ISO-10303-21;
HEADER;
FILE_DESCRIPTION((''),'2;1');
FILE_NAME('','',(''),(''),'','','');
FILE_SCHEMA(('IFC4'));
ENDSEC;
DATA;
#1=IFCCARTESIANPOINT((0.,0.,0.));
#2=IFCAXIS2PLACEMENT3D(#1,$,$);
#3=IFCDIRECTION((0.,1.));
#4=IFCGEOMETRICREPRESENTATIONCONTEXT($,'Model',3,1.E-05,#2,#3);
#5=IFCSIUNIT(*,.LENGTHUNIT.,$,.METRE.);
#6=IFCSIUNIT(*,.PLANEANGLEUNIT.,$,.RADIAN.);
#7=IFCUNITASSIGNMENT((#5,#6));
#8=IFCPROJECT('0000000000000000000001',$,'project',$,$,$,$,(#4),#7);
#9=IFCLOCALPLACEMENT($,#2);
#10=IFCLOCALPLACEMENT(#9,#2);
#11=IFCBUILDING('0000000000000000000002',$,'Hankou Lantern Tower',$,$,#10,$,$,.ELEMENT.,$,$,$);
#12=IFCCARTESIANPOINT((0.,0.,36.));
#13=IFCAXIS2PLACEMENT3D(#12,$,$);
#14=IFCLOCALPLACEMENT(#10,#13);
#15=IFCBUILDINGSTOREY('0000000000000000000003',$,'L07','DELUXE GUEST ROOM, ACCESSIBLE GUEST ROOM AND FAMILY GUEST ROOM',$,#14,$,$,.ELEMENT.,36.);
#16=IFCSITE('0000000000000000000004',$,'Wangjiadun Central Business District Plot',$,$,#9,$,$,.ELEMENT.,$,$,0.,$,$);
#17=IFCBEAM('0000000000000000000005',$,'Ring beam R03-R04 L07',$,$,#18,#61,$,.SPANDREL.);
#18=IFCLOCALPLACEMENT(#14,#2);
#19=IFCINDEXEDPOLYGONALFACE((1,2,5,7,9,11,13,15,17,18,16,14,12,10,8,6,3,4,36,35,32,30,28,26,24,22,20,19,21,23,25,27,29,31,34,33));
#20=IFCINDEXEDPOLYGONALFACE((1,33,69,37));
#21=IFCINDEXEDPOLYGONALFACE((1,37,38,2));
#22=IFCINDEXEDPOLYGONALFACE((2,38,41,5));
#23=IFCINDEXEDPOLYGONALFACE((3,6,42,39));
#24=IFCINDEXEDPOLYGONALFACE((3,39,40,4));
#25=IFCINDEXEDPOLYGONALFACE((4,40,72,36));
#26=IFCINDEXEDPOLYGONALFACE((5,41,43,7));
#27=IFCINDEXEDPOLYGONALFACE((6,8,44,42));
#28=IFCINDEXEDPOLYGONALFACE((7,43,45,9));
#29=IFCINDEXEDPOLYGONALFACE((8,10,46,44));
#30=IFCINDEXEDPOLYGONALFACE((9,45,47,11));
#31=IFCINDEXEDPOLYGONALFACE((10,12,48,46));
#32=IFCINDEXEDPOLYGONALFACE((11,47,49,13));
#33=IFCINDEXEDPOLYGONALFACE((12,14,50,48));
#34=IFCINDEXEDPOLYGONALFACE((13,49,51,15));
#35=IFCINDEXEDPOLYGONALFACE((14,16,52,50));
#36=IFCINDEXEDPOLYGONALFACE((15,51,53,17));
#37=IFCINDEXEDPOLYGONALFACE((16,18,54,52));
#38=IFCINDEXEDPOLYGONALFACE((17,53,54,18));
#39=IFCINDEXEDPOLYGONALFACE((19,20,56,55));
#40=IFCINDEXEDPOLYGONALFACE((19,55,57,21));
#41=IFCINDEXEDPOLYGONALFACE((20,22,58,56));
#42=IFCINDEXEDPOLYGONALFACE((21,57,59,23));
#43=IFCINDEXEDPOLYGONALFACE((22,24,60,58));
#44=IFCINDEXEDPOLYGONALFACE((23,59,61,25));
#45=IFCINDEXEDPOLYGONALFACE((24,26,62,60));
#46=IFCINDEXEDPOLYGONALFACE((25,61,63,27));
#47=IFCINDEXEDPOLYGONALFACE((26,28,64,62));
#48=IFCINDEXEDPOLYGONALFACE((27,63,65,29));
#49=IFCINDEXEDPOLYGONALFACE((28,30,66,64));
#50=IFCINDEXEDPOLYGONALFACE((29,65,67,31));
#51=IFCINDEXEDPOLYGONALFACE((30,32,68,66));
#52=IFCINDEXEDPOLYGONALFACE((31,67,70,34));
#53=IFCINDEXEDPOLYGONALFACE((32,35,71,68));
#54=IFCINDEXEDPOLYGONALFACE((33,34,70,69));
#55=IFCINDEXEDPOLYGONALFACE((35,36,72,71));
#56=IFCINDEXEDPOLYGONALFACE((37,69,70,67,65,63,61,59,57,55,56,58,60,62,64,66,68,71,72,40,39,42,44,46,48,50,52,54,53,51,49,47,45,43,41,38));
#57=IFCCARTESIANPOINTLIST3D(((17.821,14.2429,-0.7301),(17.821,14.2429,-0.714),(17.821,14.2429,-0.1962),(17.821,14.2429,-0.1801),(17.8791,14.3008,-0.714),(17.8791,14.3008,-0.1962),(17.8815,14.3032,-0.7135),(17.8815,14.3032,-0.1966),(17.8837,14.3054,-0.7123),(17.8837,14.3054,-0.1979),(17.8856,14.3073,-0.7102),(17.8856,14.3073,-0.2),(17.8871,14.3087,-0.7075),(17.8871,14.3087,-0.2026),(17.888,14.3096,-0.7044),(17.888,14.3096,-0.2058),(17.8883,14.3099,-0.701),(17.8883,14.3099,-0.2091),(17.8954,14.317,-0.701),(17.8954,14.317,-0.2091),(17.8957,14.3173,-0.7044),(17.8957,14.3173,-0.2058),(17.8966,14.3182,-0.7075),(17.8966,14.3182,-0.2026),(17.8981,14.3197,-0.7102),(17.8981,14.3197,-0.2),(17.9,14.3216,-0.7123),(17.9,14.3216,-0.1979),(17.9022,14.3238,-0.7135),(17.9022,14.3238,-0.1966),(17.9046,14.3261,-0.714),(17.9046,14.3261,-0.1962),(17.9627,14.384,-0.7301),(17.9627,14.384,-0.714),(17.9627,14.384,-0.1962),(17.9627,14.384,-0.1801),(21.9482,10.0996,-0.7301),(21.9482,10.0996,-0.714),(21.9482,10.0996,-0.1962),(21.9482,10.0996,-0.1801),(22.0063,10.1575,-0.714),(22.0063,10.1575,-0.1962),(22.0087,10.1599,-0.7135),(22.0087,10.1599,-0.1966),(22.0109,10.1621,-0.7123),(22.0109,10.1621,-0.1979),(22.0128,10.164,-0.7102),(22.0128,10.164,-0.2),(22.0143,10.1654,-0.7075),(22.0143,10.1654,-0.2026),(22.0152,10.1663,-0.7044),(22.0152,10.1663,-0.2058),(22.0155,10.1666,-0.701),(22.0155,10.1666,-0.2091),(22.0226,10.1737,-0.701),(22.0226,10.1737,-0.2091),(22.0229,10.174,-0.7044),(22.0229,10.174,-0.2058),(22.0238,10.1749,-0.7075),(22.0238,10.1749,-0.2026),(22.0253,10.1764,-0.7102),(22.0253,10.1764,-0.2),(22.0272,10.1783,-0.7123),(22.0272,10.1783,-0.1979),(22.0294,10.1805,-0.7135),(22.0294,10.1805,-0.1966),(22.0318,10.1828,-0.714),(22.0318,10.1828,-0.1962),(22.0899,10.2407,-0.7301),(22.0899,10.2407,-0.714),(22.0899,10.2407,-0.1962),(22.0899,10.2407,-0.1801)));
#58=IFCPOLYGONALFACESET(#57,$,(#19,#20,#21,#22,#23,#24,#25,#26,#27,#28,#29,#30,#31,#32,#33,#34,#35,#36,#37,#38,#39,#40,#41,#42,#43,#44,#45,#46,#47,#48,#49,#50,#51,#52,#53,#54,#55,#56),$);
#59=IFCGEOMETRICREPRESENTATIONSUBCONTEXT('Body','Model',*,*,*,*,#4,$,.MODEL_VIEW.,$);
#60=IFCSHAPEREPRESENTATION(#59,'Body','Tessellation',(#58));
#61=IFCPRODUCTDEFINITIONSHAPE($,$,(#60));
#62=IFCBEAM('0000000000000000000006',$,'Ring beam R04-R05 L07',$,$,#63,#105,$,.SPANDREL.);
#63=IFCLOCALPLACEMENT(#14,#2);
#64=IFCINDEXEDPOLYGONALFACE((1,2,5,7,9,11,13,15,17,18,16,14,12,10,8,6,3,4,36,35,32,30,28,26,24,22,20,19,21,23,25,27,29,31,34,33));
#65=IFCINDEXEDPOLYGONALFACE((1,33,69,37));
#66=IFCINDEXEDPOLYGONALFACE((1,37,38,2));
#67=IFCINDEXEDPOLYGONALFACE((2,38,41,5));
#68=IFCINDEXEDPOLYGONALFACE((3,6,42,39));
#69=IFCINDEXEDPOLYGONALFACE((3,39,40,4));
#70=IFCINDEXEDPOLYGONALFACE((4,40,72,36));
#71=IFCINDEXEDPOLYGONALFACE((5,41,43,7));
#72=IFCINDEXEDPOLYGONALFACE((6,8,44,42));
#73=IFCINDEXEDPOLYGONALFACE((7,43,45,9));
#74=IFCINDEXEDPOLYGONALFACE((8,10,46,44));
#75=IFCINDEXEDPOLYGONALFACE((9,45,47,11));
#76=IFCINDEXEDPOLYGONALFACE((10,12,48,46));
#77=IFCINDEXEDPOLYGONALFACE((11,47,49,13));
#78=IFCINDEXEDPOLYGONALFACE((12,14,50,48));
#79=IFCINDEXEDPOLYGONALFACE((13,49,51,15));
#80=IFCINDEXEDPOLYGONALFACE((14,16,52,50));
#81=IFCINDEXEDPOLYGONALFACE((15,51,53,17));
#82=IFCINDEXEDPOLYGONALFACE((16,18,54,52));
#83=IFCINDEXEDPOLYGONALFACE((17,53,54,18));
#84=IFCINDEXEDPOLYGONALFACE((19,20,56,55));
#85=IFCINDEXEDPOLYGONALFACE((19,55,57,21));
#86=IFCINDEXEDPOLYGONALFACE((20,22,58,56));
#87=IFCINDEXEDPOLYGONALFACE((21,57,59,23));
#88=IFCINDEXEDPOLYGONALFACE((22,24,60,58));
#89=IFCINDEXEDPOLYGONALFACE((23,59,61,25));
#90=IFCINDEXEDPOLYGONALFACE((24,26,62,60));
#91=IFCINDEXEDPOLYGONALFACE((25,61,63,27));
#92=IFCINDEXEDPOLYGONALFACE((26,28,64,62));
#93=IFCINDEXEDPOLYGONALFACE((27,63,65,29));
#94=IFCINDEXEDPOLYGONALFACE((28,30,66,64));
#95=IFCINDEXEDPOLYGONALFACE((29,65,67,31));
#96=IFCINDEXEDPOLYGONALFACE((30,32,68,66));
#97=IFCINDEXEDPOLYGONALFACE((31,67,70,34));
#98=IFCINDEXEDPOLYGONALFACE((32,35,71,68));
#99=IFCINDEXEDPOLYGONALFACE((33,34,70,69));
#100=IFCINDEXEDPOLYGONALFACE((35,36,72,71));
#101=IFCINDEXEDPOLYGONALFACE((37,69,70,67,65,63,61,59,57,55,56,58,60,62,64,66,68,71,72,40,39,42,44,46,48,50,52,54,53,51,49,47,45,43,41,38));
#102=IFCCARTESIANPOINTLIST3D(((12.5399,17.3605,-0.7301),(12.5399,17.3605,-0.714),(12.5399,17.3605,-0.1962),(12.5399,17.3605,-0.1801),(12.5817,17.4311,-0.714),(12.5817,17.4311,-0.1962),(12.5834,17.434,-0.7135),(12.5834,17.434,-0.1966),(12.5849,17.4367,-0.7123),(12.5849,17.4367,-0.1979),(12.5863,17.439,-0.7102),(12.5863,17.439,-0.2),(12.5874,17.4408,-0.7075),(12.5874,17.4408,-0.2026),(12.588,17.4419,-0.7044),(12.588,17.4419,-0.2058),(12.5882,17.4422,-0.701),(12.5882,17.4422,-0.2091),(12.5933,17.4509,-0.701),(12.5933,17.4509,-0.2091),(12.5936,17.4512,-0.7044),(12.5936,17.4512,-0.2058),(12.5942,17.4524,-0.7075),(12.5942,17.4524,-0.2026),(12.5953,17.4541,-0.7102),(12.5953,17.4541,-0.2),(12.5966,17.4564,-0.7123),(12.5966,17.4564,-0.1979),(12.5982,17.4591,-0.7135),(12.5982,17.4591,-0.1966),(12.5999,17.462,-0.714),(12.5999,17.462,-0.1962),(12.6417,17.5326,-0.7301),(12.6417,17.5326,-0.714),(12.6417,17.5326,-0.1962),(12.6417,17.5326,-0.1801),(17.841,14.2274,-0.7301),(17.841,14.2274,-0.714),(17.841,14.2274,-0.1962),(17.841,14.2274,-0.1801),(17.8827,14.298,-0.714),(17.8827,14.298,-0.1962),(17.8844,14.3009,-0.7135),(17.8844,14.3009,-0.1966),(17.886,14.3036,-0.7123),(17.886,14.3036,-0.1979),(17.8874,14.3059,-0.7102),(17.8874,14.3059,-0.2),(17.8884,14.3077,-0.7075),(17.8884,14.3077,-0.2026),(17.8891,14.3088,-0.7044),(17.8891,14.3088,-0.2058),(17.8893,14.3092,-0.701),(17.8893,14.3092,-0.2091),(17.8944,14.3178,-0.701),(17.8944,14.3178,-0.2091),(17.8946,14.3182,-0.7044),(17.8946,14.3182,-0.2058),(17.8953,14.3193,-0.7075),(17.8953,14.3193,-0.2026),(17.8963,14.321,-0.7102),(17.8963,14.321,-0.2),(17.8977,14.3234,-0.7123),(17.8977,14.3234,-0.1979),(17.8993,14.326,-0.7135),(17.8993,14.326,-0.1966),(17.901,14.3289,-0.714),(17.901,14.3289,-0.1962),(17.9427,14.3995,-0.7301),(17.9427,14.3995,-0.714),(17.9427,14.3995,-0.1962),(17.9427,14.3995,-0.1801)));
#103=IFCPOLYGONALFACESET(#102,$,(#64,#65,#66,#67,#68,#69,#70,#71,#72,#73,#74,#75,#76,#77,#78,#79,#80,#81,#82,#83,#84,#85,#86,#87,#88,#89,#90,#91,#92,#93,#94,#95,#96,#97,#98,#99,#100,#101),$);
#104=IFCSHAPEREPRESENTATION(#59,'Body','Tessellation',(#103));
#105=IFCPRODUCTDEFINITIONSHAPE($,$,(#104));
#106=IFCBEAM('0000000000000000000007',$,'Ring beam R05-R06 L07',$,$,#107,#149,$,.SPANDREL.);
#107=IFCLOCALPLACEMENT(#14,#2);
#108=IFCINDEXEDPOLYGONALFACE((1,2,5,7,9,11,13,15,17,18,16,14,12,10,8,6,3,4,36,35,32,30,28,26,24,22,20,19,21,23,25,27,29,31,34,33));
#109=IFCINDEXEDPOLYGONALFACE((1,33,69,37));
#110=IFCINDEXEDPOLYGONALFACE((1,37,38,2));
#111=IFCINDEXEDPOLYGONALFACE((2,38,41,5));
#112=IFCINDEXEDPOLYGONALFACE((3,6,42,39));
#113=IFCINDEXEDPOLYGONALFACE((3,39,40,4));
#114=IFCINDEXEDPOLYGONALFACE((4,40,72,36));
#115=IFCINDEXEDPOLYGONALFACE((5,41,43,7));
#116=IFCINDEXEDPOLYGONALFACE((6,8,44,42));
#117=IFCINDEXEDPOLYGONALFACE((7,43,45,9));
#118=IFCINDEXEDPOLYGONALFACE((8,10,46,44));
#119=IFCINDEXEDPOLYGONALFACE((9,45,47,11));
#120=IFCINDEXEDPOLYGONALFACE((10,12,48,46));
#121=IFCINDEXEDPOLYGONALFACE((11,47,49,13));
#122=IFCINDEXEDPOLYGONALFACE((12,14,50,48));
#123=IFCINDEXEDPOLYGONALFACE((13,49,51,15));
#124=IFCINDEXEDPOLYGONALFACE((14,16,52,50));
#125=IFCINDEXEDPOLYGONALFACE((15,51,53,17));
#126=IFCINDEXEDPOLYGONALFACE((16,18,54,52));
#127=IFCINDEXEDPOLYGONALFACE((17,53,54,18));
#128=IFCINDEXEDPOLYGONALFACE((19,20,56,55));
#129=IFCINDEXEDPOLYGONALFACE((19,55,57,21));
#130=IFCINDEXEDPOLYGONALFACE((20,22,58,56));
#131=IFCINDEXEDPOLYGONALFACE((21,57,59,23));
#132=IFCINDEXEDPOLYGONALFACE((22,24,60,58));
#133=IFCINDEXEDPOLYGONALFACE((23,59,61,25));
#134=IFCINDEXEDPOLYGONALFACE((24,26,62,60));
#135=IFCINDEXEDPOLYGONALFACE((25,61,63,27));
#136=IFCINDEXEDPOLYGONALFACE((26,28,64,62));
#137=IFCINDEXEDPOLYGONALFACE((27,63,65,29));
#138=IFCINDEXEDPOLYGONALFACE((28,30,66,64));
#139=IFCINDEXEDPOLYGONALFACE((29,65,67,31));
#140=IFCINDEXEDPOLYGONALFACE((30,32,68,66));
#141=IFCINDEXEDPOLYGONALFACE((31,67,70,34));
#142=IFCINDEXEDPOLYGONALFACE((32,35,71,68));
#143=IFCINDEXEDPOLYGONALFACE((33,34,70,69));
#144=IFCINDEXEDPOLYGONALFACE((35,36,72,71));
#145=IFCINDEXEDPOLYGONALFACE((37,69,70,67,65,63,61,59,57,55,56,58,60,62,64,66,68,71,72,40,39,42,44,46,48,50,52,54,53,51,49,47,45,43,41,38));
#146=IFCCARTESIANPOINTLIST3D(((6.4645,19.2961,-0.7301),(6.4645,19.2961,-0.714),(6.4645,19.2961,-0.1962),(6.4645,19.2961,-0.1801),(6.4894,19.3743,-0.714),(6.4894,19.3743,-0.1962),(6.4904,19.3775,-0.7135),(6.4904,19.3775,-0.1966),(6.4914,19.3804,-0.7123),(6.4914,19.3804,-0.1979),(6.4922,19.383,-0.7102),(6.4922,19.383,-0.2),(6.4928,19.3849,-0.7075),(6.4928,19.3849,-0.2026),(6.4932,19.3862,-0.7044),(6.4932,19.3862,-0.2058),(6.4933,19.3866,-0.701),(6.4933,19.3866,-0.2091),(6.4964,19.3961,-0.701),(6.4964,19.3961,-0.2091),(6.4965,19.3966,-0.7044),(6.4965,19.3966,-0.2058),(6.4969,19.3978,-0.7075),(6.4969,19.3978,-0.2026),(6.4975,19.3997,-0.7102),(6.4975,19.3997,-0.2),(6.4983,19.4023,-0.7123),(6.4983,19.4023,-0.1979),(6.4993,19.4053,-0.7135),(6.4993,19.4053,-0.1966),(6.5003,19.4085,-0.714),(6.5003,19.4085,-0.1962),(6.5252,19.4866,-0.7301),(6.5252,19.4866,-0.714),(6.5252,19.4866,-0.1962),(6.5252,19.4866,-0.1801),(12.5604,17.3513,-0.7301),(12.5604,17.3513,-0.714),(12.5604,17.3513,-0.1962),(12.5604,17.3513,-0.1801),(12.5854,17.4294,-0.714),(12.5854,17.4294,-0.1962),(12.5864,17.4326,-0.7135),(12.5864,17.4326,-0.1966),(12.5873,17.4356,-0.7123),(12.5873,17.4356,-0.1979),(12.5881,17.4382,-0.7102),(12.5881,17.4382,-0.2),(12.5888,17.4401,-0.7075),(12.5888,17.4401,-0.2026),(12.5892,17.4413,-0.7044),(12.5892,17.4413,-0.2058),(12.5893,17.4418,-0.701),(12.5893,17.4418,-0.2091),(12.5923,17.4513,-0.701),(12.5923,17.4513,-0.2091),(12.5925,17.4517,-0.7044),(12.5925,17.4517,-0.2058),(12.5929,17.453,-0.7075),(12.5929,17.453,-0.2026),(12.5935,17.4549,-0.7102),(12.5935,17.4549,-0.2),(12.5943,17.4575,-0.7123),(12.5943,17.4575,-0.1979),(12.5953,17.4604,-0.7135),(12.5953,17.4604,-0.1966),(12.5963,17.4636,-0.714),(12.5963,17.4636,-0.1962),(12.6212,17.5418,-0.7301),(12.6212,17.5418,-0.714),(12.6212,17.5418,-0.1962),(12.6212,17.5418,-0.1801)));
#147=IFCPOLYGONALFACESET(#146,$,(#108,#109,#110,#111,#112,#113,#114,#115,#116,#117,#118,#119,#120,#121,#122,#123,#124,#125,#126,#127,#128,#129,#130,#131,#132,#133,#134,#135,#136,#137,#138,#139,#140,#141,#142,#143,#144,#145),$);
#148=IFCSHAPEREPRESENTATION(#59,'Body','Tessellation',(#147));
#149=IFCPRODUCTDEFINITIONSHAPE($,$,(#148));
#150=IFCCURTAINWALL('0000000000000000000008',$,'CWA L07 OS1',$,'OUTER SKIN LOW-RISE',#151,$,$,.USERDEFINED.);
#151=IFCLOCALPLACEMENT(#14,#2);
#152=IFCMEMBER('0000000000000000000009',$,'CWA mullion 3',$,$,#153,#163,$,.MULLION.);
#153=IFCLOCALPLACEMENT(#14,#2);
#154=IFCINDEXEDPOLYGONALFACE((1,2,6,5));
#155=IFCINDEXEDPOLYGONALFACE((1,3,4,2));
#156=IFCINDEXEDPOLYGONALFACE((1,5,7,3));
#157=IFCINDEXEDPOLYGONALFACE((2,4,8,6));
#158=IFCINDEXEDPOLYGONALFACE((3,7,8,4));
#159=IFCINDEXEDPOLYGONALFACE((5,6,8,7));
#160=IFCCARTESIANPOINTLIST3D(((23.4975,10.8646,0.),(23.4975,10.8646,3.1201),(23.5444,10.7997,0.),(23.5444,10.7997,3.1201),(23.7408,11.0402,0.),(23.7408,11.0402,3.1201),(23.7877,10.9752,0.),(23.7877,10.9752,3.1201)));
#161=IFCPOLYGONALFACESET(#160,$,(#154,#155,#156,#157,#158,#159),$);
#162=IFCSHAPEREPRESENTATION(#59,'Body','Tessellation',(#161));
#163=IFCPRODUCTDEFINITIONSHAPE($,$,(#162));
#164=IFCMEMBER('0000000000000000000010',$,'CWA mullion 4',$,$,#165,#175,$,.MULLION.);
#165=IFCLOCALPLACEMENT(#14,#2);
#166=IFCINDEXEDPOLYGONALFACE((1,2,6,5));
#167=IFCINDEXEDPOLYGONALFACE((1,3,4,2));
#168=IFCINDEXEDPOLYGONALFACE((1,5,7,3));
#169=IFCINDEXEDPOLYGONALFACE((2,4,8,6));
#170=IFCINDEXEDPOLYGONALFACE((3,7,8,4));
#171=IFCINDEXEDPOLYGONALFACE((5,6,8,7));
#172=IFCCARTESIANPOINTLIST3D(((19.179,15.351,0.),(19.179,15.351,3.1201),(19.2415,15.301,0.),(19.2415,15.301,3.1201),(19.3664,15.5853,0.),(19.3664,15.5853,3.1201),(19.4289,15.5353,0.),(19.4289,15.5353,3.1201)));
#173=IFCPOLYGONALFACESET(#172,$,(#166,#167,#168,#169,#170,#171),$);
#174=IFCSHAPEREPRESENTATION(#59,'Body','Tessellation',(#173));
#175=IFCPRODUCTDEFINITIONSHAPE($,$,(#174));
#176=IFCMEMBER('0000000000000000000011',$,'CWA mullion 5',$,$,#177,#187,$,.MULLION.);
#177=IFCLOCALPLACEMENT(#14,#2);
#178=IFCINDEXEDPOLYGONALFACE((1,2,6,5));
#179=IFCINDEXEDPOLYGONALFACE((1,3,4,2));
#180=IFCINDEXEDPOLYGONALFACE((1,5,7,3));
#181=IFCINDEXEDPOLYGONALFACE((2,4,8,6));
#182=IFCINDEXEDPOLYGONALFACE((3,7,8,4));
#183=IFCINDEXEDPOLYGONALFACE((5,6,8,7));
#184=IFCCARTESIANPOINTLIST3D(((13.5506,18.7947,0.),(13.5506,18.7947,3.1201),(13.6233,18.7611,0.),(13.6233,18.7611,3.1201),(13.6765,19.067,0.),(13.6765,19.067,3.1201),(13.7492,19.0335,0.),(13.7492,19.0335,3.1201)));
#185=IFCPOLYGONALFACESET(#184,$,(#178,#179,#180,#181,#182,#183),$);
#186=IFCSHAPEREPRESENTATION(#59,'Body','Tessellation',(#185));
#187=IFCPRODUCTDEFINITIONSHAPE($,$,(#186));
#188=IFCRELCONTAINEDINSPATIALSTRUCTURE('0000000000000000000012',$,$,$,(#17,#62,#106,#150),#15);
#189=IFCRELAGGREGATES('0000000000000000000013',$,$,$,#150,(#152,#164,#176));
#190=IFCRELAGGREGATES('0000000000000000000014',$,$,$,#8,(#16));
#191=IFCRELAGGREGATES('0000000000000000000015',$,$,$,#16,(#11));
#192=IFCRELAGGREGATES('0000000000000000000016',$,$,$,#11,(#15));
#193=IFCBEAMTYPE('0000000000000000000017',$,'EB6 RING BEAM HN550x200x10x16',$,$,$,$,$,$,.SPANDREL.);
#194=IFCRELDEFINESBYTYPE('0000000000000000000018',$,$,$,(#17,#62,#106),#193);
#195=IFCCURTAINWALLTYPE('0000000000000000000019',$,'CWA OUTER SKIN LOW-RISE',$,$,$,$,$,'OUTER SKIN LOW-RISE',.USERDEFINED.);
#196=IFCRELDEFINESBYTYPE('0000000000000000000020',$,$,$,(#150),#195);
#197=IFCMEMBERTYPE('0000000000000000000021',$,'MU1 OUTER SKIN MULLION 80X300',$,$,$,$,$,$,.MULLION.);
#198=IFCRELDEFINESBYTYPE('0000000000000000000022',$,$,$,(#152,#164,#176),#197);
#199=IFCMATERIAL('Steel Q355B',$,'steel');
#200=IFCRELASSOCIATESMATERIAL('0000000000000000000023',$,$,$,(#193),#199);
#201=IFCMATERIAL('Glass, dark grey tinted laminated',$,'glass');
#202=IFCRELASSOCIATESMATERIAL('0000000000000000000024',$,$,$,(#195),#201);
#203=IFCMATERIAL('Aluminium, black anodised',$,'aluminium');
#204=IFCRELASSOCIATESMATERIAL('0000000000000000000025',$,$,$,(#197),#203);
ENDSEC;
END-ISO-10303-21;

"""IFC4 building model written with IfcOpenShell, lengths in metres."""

from ifc_helpers import new_model, si_unit, direction, frame, origin, origin_2d, place, context, subcontext, project, spatial, rectangle, i_section, extrude, material, material_profile, profile_set, type_object, element, aggregate, save


model = new_model("IFC4")

# Units and contexts
model_context = context("Model", 3, precision=1e-05, world=origin(), true_north=direction((0.0, 1.0)))
body_context = subcontext(model_context, "Body", "Model", "MODEL_VIEW")
ifc_project = project(units=[si_unit("LENGTHUNIT", "METRE"), si_unit("PLANEANGLEUNIT", "RADIAN")], contexts=[model_context])

# Site, building, storey
site_placement = place(None, origin())
site = spatial("IfcSite", under=ifc_project, at=site_placement, Name="Wangjiadun Central Business District Plot", CompositionType="ELEMENT", RefElevation=0.0)
building_placement = place(site_placement, origin())
building = spatial("IfcBuilding", under=site, at=building_placement, Name="Hankou Lantern Tower", CompositionType="ELEMENT")
storey_placement = place(building_placement, frame((0.0, 0.0, 36.0)))
storey = spatial("IfcBuildingStorey", under=building, at=storey_placement, Name="L07", Description="DELUXE GUEST ROOM, ACCESSIBLE GUEST ROOM AND FAMILY GUEST ROOM", CompositionType="ELEMENT", Elevation=36.0)

# Beams
ifc_material_1 = material(Name="Steel Q355B", Category="steel")
ifc_material_profile_1 = material_profile(ifc_material_1, i_section(OverallWidth=0.2, OverallDepth=0.55, WebThickness=0.01, FlangeThickness=0.0161, FilletRadius=0.0129, at=origin_2d()), Name="HN550x200x10x16")
ifc_profile_set_1 = profile_set([ifc_material_profile_1], Name="Steel Q355B")
beam_type_1 = type_object("IfcBeamType", Name="EB6 RING BEAM HN550x200x10x16", PredefinedType="SPANDREL", material=ifc_profile_set_1)
beam_1_placement = place(storey_placement, frame((22.019, 10.1702, -0.4551), z_axis=(-0.705728, 0.708483, 0.0), x_axis=(-0.708483, -0.705728, 0.0)))
element("IfcBeam", 1, at=beam_1_placement, inside=storey, type_object=beam_type_1, Name="Ring beam R03-R04 L07", PredefinedType="SPANDREL", context=body_context, shape_type="SweptSolid", body=[
    extrude(i_section(OverallWidth=0.2, OverallDepth=0.55, WebThickness=0.01, FlangeThickness=0.0161, FilletRadius=0.0129, at=origin_2d()), origin(), (0.0, 0.0, 1.0), 5.8481),
])
beam_2_placement = place(storey_placement, frame((17.8918, 14.3135, -0.4551), z_axis=(-0.860882, 0.508805, 0.0), x_axis=(-0.508805, -0.860882, 0.0)))
element("IfcBeam", 2, at=beam_2_placement, inside=storey, type_object=beam_type_1, Name="Ring beam R04-R05 L07", PredefinedType="SPANDREL", context=body_context, shape_type="SweptSolid", body=[
    extrude(i_section(OverallWidth=0.2, OverallDepth=0.55, WebThickness=0.01, FlangeThickness=0.0161, FilletRadius=0.0129, at=origin_2d()), origin(), (0.0, 0.0, 1.0), 6.1577),
])
beam_3_placement = place(storey_placement, frame((12.5908, 17.4465, -0.4551), z_axis=(-0.95269, 0.303942, 0.0), x_axis=(-0.303942, -0.95269, 0.0)))
element("IfcBeam", 3, at=beam_3_placement, inside=storey, type_object=beam_type_1, Name="Ring beam R05-R06 L07", PredefinedType="SPANDREL", context=body_context, shape_type="SweptSolid", body=[
    extrude(i_section(OverallWidth=0.2, OverallDepth=0.55, WebThickness=0.01, FlangeThickness=0.0161, FilletRadius=0.0129, at=origin_2d()), origin(), (0.0, 0.0, 1.0), 6.3987),
])

# Curtain wall, members
ifc_material_2 = material(Name="Glass, dark grey tinted laminated", Category="glass")
curtain_wall_type = type_object("IfcCurtainWallType", Name="CWA OUTER SKIN LOW-RISE", ElementType="OUTER SKIN LOW-RISE", PredefinedType="USERDEFINED", material=ifc_material_2)
curtain_wall_placement = place(storey_placement, origin())
curtain_wall = element("IfcCurtainWall", 4, at=curtain_wall_placement, inside=storey, type_object=curtain_wall_type, Name="CWA L07 OS1", ObjectType="OUTER SKIN LOW-RISE", PredefinedType="USERDEFINED")
ifc_material_3 = material(Name="Aluminium, black anodised", Category="aluminium")
ifc_material_profile_2 = material_profile(ifc_material_3, rectangle(XDim=0.0801, YDim=0.3, at=origin_2d()), Name="MU1 80X300")
ifc_profile_set_2 = profile_set([ifc_material_profile_2], Name="Aluminium, black anodised")
member_type_1 = type_object("IfcMemberType", Name="MU1 OUTER SKIN MULLION 80X300", PredefinedType="MULLION", material=ifc_profile_set_2)
member_1_placement = place(storey_placement, frame((23.6426, 10.9199, 0.0), z_axis=(0.0, 0.0, 1.0), x_axis=(-0.585206, 0.810885, 0.0)))
member_1 = element("IfcMember", 5, at=member_1_placement, type_object=member_type_1, Name="CWA mullion 3", PredefinedType="MULLION", context=body_context, shape_type="SweptSolid", body=[
    extrude(rectangle(XDim=0.0801, YDim=0.3, at=origin_2d()), origin(), (0.0, 0.0, 1.0), 3.1201),
])
member_2_placement = place(storey_placement, frame((19.304, 15.4431, 0.0), z_axis=(0.0, 0.0, 1.0), x_axis=(-0.780869, 0.624695, 0.0)))
member_2 = element("IfcMember", 6, at=member_2_placement, type_object=member_type_1, Name="CWA mullion 4", PredefinedType="MULLION", context=body_context, shape_type="SweptSolid", body=[
    extrude(rectangle(XDim=0.0801, YDim=0.3, at=origin_2d()), origin(), (0.0, 0.0, 1.0), 3.1201),
])
member_3_placement = place(storey_placement, frame((13.6499, 18.9141, 0.0), z_axis=(0.0, 0.0, 1.0), x_axis=(-0.907841, 0.419314, 0.0)))
member_3 = element("IfcMember", 7, at=member_3_placement, type_object=member_type_1, Name="CWA mullion 5", PredefinedType="MULLION", context=body_context, shape_type="SweptSolid", body=[
    extrude(rectangle(XDim=0.0801, YDim=0.3, at=origin_2d()), origin(), (0.0, 0.0, 1.0), 3.1201),
])

aggregate(curtain_wall, [member_1, member_2, member_3])

save(model, "model.ifc")
